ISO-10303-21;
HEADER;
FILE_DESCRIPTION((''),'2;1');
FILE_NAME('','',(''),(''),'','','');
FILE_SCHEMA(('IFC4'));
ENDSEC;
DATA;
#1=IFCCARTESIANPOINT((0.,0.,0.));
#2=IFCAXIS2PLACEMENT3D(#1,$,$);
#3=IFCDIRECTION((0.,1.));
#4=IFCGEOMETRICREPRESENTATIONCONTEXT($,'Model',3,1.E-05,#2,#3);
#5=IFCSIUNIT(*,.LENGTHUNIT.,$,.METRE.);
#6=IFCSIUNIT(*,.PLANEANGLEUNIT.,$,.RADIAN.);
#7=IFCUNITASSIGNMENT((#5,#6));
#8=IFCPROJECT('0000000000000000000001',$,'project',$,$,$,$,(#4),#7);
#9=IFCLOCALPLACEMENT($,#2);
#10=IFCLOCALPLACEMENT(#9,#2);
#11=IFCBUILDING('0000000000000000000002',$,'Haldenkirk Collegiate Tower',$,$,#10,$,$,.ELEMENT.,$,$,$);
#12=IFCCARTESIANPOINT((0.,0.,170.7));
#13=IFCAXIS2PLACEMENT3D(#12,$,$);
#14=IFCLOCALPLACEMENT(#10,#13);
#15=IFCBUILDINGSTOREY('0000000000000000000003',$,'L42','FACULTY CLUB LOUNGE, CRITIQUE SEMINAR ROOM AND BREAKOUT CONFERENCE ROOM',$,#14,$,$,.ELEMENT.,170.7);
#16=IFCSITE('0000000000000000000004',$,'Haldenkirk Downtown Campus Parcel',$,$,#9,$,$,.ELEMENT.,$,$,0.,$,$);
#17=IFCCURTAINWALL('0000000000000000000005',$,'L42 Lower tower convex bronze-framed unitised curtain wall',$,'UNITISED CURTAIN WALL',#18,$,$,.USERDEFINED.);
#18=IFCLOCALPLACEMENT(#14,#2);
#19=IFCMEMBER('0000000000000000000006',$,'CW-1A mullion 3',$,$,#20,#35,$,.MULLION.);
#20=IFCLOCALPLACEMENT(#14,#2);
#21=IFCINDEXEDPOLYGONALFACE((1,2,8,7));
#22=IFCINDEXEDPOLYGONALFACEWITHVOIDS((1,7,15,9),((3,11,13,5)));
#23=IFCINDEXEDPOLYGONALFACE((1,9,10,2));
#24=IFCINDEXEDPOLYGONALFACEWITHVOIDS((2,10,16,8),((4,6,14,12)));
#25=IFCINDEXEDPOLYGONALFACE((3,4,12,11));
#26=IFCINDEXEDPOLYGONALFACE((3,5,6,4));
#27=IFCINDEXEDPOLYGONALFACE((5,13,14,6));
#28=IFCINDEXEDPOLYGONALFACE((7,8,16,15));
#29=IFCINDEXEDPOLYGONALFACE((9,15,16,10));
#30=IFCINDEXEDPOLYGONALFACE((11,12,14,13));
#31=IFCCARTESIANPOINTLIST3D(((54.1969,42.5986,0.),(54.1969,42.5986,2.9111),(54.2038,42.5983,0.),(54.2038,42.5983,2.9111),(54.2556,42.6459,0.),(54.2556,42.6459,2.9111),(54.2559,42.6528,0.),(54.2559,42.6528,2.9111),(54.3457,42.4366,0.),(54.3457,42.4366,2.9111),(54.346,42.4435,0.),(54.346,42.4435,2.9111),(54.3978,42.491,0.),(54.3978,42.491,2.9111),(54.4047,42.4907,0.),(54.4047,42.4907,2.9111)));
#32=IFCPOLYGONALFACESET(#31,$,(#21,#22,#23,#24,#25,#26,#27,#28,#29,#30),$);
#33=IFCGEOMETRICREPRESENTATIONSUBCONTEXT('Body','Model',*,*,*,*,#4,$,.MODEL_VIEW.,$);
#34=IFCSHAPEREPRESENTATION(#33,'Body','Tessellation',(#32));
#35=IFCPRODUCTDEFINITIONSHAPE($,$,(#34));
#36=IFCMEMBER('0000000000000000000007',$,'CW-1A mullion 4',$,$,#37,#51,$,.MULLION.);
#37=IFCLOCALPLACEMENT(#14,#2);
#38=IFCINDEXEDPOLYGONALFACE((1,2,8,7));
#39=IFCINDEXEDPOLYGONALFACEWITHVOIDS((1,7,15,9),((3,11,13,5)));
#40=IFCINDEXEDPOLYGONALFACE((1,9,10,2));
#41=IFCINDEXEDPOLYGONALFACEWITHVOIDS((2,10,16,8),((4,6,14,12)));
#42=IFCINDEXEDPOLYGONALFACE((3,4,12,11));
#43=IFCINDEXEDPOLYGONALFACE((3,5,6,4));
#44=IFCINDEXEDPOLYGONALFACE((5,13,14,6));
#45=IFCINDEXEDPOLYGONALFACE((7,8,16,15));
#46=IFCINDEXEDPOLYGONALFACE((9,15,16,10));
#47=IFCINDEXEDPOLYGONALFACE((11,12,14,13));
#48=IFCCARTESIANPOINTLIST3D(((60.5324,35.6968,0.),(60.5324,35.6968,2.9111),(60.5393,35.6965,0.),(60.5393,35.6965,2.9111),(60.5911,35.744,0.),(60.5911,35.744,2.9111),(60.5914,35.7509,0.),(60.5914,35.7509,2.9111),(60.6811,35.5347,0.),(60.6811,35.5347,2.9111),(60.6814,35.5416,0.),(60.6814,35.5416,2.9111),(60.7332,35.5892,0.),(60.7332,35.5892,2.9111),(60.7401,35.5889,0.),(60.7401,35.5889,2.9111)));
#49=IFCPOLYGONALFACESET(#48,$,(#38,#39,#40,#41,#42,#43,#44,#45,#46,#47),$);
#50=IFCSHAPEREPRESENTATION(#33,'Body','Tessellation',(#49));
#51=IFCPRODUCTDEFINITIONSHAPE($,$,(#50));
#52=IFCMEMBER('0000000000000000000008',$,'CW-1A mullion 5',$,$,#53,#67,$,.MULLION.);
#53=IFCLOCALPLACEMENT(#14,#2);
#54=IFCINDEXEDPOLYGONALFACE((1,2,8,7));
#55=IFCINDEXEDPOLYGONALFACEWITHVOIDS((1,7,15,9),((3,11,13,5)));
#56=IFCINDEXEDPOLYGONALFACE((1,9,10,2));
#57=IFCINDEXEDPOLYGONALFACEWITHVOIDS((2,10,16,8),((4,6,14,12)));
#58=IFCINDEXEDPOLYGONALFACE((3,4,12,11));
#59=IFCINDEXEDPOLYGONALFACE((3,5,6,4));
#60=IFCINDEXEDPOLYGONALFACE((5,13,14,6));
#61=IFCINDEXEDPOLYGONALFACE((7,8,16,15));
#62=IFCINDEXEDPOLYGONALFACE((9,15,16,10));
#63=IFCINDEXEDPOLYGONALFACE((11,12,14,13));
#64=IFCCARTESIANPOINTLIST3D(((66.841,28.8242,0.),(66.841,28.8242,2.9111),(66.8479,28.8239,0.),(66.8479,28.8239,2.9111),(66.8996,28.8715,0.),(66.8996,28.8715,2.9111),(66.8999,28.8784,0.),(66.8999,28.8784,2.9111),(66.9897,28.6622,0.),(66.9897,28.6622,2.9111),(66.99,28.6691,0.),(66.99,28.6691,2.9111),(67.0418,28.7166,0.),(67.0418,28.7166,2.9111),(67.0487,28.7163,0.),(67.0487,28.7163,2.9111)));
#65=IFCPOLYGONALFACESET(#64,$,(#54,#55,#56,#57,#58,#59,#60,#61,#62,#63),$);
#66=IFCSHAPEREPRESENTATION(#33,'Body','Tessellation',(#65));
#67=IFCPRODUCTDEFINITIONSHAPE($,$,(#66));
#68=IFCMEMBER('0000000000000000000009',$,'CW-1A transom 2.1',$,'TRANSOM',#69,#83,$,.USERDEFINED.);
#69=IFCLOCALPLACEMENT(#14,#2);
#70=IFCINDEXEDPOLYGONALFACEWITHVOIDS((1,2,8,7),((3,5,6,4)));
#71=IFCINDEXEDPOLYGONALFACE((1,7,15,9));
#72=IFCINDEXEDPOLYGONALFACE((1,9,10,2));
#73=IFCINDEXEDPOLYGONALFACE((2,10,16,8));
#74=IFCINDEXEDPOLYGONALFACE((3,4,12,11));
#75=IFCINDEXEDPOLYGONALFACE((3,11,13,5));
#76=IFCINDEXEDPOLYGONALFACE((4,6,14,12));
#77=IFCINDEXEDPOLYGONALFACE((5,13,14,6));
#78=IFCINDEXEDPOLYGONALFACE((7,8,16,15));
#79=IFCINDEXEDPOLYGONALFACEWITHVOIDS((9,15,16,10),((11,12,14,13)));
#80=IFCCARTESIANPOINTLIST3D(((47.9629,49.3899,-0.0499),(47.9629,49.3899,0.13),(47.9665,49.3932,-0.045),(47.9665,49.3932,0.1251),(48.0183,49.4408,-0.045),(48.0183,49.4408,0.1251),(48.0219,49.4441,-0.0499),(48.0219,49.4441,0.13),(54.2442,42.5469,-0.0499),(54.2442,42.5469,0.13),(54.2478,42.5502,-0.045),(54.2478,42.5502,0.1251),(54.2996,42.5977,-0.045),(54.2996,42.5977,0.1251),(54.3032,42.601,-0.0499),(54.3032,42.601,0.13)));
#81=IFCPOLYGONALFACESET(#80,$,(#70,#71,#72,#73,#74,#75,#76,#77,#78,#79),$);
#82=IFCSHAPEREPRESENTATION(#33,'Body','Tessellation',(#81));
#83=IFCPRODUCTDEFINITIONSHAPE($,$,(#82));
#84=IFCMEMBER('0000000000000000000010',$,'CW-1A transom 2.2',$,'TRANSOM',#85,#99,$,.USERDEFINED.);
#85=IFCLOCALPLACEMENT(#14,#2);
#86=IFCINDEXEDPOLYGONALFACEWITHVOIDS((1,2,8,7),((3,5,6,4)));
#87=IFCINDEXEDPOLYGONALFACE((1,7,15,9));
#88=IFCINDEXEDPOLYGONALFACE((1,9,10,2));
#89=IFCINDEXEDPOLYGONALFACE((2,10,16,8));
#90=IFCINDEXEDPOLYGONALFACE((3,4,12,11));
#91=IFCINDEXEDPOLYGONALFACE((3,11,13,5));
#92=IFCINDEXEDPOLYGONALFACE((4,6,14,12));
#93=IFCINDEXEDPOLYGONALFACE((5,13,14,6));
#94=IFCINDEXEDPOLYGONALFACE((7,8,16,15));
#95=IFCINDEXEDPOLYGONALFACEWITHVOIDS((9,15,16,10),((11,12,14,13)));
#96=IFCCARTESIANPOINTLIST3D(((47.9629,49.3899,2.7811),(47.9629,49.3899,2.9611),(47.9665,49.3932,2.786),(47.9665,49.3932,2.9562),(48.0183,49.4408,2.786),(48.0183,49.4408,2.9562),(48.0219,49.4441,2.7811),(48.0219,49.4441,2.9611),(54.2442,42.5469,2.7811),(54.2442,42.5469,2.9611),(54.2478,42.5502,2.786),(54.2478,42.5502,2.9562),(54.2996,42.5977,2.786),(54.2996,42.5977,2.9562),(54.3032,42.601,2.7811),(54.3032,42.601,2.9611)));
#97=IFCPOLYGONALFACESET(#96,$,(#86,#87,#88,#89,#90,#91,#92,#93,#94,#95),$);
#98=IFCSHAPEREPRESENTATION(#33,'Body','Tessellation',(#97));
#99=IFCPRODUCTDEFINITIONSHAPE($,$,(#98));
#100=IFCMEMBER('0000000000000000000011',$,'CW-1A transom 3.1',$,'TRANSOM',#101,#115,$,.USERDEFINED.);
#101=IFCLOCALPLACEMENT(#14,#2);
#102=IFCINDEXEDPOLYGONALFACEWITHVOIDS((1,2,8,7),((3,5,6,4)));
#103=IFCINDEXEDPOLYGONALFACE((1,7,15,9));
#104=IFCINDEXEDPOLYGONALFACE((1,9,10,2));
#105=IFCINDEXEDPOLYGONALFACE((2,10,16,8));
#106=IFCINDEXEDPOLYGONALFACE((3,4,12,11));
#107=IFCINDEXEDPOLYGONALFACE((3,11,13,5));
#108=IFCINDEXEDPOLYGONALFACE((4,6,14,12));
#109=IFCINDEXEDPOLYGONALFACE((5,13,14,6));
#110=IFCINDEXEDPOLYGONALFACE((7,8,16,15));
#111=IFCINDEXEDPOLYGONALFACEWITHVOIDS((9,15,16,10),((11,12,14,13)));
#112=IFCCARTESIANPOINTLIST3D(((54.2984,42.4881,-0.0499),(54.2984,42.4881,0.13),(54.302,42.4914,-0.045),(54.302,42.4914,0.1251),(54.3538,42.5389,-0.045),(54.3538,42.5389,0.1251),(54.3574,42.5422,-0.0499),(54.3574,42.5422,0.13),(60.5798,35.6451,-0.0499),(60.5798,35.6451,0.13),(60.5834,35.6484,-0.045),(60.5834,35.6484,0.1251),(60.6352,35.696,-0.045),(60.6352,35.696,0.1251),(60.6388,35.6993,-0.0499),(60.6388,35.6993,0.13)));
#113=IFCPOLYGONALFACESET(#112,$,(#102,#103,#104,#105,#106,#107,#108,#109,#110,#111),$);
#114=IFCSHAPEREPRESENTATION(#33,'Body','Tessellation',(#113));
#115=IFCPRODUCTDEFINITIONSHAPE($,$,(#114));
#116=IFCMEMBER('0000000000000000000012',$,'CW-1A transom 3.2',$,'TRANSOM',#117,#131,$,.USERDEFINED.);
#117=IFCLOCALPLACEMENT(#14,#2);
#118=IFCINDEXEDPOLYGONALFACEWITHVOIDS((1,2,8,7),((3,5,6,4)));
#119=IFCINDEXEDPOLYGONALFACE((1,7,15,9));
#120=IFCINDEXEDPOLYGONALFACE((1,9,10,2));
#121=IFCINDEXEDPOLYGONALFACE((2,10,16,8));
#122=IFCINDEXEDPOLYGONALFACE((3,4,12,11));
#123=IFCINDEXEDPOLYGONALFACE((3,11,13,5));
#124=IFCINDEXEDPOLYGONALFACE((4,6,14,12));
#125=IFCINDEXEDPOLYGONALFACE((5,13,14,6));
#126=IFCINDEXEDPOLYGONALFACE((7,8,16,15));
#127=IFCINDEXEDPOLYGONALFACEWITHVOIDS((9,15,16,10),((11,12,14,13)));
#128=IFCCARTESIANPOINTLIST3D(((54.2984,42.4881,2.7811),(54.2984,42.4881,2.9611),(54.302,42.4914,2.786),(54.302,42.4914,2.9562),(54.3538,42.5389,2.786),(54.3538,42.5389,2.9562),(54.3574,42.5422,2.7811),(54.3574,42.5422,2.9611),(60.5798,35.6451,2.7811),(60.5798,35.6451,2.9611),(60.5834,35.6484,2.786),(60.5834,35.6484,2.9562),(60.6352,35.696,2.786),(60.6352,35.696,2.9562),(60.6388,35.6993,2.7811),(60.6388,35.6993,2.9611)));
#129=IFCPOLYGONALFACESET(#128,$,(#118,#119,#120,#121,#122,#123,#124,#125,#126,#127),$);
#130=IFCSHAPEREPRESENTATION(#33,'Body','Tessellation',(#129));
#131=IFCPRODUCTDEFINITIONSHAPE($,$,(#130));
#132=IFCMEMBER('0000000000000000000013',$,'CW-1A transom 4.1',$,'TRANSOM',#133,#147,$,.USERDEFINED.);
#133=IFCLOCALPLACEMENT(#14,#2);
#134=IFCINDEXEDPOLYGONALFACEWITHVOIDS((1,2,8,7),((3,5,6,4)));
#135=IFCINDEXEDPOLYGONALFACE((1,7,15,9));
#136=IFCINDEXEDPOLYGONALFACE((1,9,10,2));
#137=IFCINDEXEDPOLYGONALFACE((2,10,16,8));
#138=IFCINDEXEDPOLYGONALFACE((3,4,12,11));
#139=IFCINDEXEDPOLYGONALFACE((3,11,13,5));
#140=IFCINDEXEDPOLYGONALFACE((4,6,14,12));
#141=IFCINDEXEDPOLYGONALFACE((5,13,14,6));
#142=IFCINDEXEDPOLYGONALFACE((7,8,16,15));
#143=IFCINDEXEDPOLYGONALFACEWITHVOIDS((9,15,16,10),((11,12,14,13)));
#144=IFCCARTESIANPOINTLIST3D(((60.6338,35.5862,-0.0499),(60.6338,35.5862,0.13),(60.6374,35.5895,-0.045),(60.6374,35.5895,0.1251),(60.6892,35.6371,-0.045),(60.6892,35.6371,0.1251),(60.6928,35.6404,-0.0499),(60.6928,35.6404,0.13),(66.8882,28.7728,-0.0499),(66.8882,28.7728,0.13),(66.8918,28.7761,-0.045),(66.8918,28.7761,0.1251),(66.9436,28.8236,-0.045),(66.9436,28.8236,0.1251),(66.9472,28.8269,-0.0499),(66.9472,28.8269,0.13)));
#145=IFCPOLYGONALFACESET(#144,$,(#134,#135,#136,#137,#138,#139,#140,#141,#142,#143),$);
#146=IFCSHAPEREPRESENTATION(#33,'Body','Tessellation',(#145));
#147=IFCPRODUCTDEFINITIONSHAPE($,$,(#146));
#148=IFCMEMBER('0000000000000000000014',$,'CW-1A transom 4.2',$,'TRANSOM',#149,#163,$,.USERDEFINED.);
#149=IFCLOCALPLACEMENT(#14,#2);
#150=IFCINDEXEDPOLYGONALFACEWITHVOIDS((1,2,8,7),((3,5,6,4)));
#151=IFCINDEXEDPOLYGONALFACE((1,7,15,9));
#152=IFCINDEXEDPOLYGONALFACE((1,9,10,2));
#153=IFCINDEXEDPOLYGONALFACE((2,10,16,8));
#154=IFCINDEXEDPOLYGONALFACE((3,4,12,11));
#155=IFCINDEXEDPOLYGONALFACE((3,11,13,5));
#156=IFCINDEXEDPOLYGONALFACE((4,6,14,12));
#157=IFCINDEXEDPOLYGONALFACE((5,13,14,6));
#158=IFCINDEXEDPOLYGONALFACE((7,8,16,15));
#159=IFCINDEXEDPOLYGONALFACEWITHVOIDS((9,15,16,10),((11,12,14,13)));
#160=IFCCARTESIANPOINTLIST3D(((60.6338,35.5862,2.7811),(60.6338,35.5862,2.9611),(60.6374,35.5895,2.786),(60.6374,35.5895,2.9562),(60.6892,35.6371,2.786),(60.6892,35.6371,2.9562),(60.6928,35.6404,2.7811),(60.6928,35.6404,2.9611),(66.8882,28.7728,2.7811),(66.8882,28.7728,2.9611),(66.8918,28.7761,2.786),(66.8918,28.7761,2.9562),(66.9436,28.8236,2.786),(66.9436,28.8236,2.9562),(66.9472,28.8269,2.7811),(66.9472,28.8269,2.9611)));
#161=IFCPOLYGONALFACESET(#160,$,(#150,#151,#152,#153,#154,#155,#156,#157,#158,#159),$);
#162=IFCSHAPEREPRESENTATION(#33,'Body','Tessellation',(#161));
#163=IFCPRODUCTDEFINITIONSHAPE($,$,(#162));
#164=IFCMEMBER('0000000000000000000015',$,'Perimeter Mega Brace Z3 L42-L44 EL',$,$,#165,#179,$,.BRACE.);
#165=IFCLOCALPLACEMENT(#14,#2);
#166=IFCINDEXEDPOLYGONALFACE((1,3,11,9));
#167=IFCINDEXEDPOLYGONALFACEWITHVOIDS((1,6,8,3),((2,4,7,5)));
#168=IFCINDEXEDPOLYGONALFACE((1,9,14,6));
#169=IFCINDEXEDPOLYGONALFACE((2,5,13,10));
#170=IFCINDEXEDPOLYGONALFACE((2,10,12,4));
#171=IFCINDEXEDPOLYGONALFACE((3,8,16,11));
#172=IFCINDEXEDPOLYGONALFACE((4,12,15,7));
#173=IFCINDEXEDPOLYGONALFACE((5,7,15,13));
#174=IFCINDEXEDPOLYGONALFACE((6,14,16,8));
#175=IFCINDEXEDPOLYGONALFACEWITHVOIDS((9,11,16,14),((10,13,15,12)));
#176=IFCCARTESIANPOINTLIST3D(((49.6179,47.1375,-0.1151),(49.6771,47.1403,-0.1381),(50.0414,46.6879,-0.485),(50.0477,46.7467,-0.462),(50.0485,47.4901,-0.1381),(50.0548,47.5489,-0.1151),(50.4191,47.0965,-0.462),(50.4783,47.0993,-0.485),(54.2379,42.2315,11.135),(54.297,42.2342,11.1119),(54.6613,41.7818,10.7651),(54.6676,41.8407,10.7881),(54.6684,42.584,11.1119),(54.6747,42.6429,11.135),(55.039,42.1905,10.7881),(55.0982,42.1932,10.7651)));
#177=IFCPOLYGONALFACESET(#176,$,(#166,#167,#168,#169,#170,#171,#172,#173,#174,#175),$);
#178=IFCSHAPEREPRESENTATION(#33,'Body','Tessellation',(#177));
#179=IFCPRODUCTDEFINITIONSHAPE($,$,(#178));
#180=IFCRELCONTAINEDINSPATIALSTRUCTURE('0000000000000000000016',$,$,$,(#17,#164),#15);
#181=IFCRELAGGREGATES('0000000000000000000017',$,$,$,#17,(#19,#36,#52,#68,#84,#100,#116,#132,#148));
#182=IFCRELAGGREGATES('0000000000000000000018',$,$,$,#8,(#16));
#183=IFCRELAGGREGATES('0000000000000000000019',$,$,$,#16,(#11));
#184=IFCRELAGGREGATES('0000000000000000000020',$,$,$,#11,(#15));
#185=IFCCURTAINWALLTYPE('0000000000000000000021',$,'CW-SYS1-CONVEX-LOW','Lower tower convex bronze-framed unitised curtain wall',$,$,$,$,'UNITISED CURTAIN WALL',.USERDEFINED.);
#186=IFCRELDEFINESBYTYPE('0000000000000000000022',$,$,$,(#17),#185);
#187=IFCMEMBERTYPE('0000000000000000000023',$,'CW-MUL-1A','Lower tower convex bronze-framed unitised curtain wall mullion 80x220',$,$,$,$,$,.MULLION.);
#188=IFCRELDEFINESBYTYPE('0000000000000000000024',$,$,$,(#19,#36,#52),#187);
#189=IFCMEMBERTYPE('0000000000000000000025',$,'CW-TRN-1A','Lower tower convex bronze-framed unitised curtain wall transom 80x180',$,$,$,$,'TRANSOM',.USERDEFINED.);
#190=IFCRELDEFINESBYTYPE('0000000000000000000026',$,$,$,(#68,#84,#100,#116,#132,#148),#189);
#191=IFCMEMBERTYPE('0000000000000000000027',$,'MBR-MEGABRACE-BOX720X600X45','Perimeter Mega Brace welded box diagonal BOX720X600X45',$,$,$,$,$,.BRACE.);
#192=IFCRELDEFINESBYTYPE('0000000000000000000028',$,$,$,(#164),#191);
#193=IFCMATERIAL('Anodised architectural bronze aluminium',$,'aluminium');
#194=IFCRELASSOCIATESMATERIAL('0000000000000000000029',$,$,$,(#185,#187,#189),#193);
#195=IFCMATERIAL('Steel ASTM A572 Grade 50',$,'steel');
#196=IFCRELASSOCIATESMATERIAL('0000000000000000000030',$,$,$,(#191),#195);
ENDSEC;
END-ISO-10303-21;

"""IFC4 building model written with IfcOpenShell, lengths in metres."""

from ifc_helpers import new_model, si_unit, direction, frame, origin, origin_2d, place, context, subcontext, project, spatial, hollow_rectangle, extrude, material, material_profile, profile_set, type_object, element, aggregate, save


model = new_model("IFC4")

# Units and contexts
model_context = context("Model", 3, precision=1e-05, world=origin(), true_north=direction((0.0, 1.0)))
body_context = subcontext(model_context, "Body", "Model", "MODEL_VIEW")
ifc_project = project(units=[si_unit("LENGTHUNIT", "METRE"), si_unit("PLANEANGLEUNIT", "RADIAN")], contexts=[model_context])

# Site, building, storey
site_placement = place(None, origin())
site = spatial("IfcSite", under=ifc_project, at=site_placement, Name="Haldenkirk Downtown Campus Parcel", CompositionType="ELEMENT", RefElevation=0.0)
building_placement = place(site_placement, origin())
building = spatial("IfcBuilding", under=site, at=building_placement, Name="Haldenkirk Collegiate Tower", CompositionType="ELEMENT")
storey_placement = place(building_placement, frame((0.0, 0.0, 170.7)))
storey = spatial("IfcBuildingStorey", under=building, at=storey_placement, Name="L42", Description="FACULTY CLUB LOUNGE, CRITIQUE SEMINAR ROOM AND BREAKOUT CONFERENCE ROOM", CompositionType="ELEMENT", Elevation=170.7)

# Curtain wall, members
ifc_material_1 = material(Name="Anodised architectural bronze aluminium", Category="aluminium")
curtain_wall_type = type_object("IfcCurtainWallType", Name="CW-SYS1-CONVEX-LOW", Description="Lower tower convex bronze-framed unitised curtain wall", ElementType="UNITISED CURTAIN WALL", PredefinedType="USERDEFINED", material=ifc_material_1)
curtain_wall_placement = place(storey_placement, origin())
curtain_wall = element("IfcCurtainWall", 1, at=curtain_wall_placement, inside=storey, type_object=curtain_wall_type, Name="L42 Lower tower convex bronze-framed unitised curtain wall", ObjectType="UNITISED CURTAIN WALL", PredefinedType="USERDEFINED")
ifc_material_profile_1 = material_profile(ifc_material_1, hollow_rectangle(XDim=0.0801, YDim=0.22, WallThickness=0.0049, at=origin_2d()), Name="CW-MUL-1A")
ifc_profile_set_1 = profile_set([ifc_material_profile_1], Name="Anodised architectural bronze aluminium")
member_type_1 = type_object("IfcMemberType", Name="CW-MUL-1A", Description="Lower tower convex bronze-framed unitised curtain wall mullion 80x220", PredefinedType="MULLION", material=ifc_profile_set_1)
member_1_placement = place(storey_placement, frame((54.3008, 42.5447, 0.0), z_axis=(0.0, 0.0, 1.0), x_axis=(0.736687, 0.676234, 0.0)))
member_1 = element("IfcMember", 2, at=member_1_placement, type_object=member_type_1, Name="CW-1A mullion 3", PredefinedType="MULLION", context=body_context, shape_type="SweptSolid", body=[
    extrude(hollow_rectangle(XDim=0.0801, YDim=0.22, WallThickness=0.0049, at=origin_2d()), origin(), (0.0, 0.0, 1.0), 2.9111),
])
member_2_placement = place(storey_placement, frame((60.6362, 35.6428, 0.0), z_axis=(0.0, 0.0, 1.0), x_axis=(0.736687, 0.676234, 0.0)))
member_2 = element("IfcMember", 3, at=member_2_placement, type_object=member_type_1, Name="CW-1A mullion 4", PredefinedType="MULLION", context=body_context, shape_type="SweptSolid", body=[
    extrude(hollow_rectangle(XDim=0.0801, YDim=0.22, WallThickness=0.0049, at=origin_2d()), origin(), (0.0, 0.0, 1.0), 2.9111),
])
member_3_placement = place(storey_placement, frame((66.9448, 28.7703, 0.0), z_axis=(0.0, 0.0, 1.0), x_axis=(0.736687, 0.676234, 0.0)))
member_3 = element("IfcMember", 4, at=member_3_placement, type_object=member_type_1, Name="CW-1A mullion 5", PredefinedType="MULLION", context=body_context, shape_type="SweptSolid", body=[
    extrude(hollow_rectangle(XDim=0.0801, YDim=0.22, WallThickness=0.0049, at=origin_2d()), origin(), (0.0, 0.0, 1.0), 2.9111),
])
ifc_material_profile_2 = material_profile(ifc_material_1, hollow_rectangle(XDim=0.0801, YDim=0.1799, WallThickness=0.0049, at=origin_2d()), Name="CW-TRN-1A")
ifc_profile_set_2 = profile_set([ifc_material_profile_2], Name="Anodised architectural bronze aluminium")
member_type_2 = type_object("IfcMemberType", Name="CW-TRN-1A", Description="Lower tower convex bronze-framed unitised curtain wall transom 80x180", ElementType="TRANSOM", PredefinedType="USERDEFINED", material=ifc_profile_set_2)
member_4_placement = place(storey_placement, frame((47.9924, 49.417, 0.04), z_axis=(0.676221, -0.736699, 0.0), x_axis=(0.736699, 0.676221, 0.0)))
member_4 = element("IfcMember", 5, at=member_4_placement, type_object=member_type_2, Name="CW-1A transom 2.1", ObjectType="TRANSOM", PredefinedType="USERDEFINED", context=body_context, shape_type="SweptSolid", body=[
    extrude(hollow_rectangle(XDim=0.0801, YDim=0.1799, WallThickness=0.0049, at=origin_2d()), origin(), (0.0, 0.0, 1.0), 9.2888),
])
member_5_placement = place(storey_placement, frame((47.9924, 49.417, 2.8711), z_axis=(0.676221, -0.736699, 0.0), x_axis=(0.736699, 0.676221, 0.0)))
member_5 = element("IfcMember", 6, at=member_5_placement, type_object=member_type_2, Name="CW-1A transom 2.2", ObjectType="TRANSOM", PredefinedType="USERDEFINED", context=body_context, shape_type="SweptSolid", body=[
    extrude(hollow_rectangle(XDim=0.0801, YDim=0.1799, WallThickness=0.0049, at=origin_2d()), origin(), (0.0, 0.0, 1.0), 9.2888),
])
member_6_placement = place(storey_placement, frame((54.3279, 42.5151, 0.04), z_axis=(0.676235, -0.736686, 0.0), x_axis=(0.736686, 0.676235, 0.0)))
member_6 = element("IfcMember", 7, at=member_6_placement, type_object=member_type_2, Name="CW-1A transom 3.1", ObjectType="TRANSOM", PredefinedType="USERDEFINED", context=body_context, shape_type="SweptSolid", body=[
    extrude(hollow_rectangle(XDim=0.0801, YDim=0.1799, WallThickness=0.0049, at=origin_2d()), origin(), (0.0, 0.0, 1.0), 9.2888),
])
member_7_placement = place(storey_placement, frame((54.3279, 42.5151, 2.8711), z_axis=(0.676235, -0.736686, 0.0), x_axis=(0.736686, 0.676235, 0.0)))
member_7 = element("IfcMember", 8, at=member_7_placement, type_object=member_type_2, Name="CW-1A transom 3.2", ObjectType="TRANSOM", PredefinedType="USERDEFINED", context=body_context, shape_type="SweptSolid", body=[
    extrude(hollow_rectangle(XDim=0.0801, YDim=0.1799, WallThickness=0.0049, at=origin_2d()), origin(), (0.0, 0.0, 1.0), 9.2888),
])
member_8_placement = place(storey_placement, frame((60.6633, 35.6133, 0.04), z_axis=(0.676236, -0.736685, 0.0), x_axis=(0.736685, 0.676236, 0.0)))
member_8 = element("IfcMember", 9, at=member_8_placement, type_object=member_type_2, Name="CW-1A transom 4.1", ObjectType="TRANSOM", PredefinedType="USERDEFINED", context=body_context, shape_type="SweptSolid", body=[
    extrude(hollow_rectangle(XDim=0.0801, YDim=0.1799, WallThickness=0.0049, at=origin_2d()), origin(), (0.0, 0.0, 1.0), 9.2488),
])
member_9_placement = place(storey_placement, frame((60.6633, 35.6133, 2.8711), z_axis=(0.676236, -0.736685, 0.0), x_axis=(0.736685, 0.676236, 0.0)))
member_9 = element("IfcMember", 10, at=member_9_placement, type_object=member_type_2, Name="CW-1A transom 4.2", ObjectType="TRANSOM", PredefinedType="USERDEFINED", context=body_context, shape_type="SweptSolid", body=[
    extrude(hollow_rectangle(XDim=0.0801, YDim=0.1799, WallThickness=0.0049, at=origin_2d()), origin(), (0.0, 0.0, 1.0), 9.2488),
])

# Member
ifc_material_2 = material(Name="Steel ASTM A572 Grade 50", Category="steel")
ifc_material_profile_3 = material_profile(ifc_material_2, hollow_rectangle(XDim=0.6001, YDim=0.72, WallThickness=0.0449, at=origin_2d()), Name="BOX720X600X45")
ifc_profile_set_3 = profile_set([ifc_material_profile_3], Name="Steel ASTM A572 Grade 50")
member_type_3 = type_object("IfcMemberType", Name="MBR-MEGABRACE-BOX720X600X45", Description="Perimeter Mega Brace welded box diagonal BOX720X600X45", PredefinedType="BRACE", material=ifc_profile_set_3)
member_10_placement = place(storey_placement, frame((50.0481, 47.1184, -0.3), z_axis=(0.352288, -0.374107, 0.857868), x_axis=(0.728018, 0.685558, 0.0)))
element("IfcMember", 11, at=member_10_placement, inside=storey, type_object=member_type_3, Name="Perimeter Mega Brace Z3 L42-L44 EL", PredefinedType="BRACE", context=body_context, shape_type="SweptSolid", body=[
    extrude(hollow_rectangle(XDim=0.6001, YDim=0.72, WallThickness=0.0449, at=origin_2d()), origin(), (0.0, 0.0, 1.0), 13.114),
])

aggregate(curtain_wall, [member_1, member_2, member_3, member_4, member_5, member_6, member_7, member_8, member_9])

save(model, "model.ifc")
